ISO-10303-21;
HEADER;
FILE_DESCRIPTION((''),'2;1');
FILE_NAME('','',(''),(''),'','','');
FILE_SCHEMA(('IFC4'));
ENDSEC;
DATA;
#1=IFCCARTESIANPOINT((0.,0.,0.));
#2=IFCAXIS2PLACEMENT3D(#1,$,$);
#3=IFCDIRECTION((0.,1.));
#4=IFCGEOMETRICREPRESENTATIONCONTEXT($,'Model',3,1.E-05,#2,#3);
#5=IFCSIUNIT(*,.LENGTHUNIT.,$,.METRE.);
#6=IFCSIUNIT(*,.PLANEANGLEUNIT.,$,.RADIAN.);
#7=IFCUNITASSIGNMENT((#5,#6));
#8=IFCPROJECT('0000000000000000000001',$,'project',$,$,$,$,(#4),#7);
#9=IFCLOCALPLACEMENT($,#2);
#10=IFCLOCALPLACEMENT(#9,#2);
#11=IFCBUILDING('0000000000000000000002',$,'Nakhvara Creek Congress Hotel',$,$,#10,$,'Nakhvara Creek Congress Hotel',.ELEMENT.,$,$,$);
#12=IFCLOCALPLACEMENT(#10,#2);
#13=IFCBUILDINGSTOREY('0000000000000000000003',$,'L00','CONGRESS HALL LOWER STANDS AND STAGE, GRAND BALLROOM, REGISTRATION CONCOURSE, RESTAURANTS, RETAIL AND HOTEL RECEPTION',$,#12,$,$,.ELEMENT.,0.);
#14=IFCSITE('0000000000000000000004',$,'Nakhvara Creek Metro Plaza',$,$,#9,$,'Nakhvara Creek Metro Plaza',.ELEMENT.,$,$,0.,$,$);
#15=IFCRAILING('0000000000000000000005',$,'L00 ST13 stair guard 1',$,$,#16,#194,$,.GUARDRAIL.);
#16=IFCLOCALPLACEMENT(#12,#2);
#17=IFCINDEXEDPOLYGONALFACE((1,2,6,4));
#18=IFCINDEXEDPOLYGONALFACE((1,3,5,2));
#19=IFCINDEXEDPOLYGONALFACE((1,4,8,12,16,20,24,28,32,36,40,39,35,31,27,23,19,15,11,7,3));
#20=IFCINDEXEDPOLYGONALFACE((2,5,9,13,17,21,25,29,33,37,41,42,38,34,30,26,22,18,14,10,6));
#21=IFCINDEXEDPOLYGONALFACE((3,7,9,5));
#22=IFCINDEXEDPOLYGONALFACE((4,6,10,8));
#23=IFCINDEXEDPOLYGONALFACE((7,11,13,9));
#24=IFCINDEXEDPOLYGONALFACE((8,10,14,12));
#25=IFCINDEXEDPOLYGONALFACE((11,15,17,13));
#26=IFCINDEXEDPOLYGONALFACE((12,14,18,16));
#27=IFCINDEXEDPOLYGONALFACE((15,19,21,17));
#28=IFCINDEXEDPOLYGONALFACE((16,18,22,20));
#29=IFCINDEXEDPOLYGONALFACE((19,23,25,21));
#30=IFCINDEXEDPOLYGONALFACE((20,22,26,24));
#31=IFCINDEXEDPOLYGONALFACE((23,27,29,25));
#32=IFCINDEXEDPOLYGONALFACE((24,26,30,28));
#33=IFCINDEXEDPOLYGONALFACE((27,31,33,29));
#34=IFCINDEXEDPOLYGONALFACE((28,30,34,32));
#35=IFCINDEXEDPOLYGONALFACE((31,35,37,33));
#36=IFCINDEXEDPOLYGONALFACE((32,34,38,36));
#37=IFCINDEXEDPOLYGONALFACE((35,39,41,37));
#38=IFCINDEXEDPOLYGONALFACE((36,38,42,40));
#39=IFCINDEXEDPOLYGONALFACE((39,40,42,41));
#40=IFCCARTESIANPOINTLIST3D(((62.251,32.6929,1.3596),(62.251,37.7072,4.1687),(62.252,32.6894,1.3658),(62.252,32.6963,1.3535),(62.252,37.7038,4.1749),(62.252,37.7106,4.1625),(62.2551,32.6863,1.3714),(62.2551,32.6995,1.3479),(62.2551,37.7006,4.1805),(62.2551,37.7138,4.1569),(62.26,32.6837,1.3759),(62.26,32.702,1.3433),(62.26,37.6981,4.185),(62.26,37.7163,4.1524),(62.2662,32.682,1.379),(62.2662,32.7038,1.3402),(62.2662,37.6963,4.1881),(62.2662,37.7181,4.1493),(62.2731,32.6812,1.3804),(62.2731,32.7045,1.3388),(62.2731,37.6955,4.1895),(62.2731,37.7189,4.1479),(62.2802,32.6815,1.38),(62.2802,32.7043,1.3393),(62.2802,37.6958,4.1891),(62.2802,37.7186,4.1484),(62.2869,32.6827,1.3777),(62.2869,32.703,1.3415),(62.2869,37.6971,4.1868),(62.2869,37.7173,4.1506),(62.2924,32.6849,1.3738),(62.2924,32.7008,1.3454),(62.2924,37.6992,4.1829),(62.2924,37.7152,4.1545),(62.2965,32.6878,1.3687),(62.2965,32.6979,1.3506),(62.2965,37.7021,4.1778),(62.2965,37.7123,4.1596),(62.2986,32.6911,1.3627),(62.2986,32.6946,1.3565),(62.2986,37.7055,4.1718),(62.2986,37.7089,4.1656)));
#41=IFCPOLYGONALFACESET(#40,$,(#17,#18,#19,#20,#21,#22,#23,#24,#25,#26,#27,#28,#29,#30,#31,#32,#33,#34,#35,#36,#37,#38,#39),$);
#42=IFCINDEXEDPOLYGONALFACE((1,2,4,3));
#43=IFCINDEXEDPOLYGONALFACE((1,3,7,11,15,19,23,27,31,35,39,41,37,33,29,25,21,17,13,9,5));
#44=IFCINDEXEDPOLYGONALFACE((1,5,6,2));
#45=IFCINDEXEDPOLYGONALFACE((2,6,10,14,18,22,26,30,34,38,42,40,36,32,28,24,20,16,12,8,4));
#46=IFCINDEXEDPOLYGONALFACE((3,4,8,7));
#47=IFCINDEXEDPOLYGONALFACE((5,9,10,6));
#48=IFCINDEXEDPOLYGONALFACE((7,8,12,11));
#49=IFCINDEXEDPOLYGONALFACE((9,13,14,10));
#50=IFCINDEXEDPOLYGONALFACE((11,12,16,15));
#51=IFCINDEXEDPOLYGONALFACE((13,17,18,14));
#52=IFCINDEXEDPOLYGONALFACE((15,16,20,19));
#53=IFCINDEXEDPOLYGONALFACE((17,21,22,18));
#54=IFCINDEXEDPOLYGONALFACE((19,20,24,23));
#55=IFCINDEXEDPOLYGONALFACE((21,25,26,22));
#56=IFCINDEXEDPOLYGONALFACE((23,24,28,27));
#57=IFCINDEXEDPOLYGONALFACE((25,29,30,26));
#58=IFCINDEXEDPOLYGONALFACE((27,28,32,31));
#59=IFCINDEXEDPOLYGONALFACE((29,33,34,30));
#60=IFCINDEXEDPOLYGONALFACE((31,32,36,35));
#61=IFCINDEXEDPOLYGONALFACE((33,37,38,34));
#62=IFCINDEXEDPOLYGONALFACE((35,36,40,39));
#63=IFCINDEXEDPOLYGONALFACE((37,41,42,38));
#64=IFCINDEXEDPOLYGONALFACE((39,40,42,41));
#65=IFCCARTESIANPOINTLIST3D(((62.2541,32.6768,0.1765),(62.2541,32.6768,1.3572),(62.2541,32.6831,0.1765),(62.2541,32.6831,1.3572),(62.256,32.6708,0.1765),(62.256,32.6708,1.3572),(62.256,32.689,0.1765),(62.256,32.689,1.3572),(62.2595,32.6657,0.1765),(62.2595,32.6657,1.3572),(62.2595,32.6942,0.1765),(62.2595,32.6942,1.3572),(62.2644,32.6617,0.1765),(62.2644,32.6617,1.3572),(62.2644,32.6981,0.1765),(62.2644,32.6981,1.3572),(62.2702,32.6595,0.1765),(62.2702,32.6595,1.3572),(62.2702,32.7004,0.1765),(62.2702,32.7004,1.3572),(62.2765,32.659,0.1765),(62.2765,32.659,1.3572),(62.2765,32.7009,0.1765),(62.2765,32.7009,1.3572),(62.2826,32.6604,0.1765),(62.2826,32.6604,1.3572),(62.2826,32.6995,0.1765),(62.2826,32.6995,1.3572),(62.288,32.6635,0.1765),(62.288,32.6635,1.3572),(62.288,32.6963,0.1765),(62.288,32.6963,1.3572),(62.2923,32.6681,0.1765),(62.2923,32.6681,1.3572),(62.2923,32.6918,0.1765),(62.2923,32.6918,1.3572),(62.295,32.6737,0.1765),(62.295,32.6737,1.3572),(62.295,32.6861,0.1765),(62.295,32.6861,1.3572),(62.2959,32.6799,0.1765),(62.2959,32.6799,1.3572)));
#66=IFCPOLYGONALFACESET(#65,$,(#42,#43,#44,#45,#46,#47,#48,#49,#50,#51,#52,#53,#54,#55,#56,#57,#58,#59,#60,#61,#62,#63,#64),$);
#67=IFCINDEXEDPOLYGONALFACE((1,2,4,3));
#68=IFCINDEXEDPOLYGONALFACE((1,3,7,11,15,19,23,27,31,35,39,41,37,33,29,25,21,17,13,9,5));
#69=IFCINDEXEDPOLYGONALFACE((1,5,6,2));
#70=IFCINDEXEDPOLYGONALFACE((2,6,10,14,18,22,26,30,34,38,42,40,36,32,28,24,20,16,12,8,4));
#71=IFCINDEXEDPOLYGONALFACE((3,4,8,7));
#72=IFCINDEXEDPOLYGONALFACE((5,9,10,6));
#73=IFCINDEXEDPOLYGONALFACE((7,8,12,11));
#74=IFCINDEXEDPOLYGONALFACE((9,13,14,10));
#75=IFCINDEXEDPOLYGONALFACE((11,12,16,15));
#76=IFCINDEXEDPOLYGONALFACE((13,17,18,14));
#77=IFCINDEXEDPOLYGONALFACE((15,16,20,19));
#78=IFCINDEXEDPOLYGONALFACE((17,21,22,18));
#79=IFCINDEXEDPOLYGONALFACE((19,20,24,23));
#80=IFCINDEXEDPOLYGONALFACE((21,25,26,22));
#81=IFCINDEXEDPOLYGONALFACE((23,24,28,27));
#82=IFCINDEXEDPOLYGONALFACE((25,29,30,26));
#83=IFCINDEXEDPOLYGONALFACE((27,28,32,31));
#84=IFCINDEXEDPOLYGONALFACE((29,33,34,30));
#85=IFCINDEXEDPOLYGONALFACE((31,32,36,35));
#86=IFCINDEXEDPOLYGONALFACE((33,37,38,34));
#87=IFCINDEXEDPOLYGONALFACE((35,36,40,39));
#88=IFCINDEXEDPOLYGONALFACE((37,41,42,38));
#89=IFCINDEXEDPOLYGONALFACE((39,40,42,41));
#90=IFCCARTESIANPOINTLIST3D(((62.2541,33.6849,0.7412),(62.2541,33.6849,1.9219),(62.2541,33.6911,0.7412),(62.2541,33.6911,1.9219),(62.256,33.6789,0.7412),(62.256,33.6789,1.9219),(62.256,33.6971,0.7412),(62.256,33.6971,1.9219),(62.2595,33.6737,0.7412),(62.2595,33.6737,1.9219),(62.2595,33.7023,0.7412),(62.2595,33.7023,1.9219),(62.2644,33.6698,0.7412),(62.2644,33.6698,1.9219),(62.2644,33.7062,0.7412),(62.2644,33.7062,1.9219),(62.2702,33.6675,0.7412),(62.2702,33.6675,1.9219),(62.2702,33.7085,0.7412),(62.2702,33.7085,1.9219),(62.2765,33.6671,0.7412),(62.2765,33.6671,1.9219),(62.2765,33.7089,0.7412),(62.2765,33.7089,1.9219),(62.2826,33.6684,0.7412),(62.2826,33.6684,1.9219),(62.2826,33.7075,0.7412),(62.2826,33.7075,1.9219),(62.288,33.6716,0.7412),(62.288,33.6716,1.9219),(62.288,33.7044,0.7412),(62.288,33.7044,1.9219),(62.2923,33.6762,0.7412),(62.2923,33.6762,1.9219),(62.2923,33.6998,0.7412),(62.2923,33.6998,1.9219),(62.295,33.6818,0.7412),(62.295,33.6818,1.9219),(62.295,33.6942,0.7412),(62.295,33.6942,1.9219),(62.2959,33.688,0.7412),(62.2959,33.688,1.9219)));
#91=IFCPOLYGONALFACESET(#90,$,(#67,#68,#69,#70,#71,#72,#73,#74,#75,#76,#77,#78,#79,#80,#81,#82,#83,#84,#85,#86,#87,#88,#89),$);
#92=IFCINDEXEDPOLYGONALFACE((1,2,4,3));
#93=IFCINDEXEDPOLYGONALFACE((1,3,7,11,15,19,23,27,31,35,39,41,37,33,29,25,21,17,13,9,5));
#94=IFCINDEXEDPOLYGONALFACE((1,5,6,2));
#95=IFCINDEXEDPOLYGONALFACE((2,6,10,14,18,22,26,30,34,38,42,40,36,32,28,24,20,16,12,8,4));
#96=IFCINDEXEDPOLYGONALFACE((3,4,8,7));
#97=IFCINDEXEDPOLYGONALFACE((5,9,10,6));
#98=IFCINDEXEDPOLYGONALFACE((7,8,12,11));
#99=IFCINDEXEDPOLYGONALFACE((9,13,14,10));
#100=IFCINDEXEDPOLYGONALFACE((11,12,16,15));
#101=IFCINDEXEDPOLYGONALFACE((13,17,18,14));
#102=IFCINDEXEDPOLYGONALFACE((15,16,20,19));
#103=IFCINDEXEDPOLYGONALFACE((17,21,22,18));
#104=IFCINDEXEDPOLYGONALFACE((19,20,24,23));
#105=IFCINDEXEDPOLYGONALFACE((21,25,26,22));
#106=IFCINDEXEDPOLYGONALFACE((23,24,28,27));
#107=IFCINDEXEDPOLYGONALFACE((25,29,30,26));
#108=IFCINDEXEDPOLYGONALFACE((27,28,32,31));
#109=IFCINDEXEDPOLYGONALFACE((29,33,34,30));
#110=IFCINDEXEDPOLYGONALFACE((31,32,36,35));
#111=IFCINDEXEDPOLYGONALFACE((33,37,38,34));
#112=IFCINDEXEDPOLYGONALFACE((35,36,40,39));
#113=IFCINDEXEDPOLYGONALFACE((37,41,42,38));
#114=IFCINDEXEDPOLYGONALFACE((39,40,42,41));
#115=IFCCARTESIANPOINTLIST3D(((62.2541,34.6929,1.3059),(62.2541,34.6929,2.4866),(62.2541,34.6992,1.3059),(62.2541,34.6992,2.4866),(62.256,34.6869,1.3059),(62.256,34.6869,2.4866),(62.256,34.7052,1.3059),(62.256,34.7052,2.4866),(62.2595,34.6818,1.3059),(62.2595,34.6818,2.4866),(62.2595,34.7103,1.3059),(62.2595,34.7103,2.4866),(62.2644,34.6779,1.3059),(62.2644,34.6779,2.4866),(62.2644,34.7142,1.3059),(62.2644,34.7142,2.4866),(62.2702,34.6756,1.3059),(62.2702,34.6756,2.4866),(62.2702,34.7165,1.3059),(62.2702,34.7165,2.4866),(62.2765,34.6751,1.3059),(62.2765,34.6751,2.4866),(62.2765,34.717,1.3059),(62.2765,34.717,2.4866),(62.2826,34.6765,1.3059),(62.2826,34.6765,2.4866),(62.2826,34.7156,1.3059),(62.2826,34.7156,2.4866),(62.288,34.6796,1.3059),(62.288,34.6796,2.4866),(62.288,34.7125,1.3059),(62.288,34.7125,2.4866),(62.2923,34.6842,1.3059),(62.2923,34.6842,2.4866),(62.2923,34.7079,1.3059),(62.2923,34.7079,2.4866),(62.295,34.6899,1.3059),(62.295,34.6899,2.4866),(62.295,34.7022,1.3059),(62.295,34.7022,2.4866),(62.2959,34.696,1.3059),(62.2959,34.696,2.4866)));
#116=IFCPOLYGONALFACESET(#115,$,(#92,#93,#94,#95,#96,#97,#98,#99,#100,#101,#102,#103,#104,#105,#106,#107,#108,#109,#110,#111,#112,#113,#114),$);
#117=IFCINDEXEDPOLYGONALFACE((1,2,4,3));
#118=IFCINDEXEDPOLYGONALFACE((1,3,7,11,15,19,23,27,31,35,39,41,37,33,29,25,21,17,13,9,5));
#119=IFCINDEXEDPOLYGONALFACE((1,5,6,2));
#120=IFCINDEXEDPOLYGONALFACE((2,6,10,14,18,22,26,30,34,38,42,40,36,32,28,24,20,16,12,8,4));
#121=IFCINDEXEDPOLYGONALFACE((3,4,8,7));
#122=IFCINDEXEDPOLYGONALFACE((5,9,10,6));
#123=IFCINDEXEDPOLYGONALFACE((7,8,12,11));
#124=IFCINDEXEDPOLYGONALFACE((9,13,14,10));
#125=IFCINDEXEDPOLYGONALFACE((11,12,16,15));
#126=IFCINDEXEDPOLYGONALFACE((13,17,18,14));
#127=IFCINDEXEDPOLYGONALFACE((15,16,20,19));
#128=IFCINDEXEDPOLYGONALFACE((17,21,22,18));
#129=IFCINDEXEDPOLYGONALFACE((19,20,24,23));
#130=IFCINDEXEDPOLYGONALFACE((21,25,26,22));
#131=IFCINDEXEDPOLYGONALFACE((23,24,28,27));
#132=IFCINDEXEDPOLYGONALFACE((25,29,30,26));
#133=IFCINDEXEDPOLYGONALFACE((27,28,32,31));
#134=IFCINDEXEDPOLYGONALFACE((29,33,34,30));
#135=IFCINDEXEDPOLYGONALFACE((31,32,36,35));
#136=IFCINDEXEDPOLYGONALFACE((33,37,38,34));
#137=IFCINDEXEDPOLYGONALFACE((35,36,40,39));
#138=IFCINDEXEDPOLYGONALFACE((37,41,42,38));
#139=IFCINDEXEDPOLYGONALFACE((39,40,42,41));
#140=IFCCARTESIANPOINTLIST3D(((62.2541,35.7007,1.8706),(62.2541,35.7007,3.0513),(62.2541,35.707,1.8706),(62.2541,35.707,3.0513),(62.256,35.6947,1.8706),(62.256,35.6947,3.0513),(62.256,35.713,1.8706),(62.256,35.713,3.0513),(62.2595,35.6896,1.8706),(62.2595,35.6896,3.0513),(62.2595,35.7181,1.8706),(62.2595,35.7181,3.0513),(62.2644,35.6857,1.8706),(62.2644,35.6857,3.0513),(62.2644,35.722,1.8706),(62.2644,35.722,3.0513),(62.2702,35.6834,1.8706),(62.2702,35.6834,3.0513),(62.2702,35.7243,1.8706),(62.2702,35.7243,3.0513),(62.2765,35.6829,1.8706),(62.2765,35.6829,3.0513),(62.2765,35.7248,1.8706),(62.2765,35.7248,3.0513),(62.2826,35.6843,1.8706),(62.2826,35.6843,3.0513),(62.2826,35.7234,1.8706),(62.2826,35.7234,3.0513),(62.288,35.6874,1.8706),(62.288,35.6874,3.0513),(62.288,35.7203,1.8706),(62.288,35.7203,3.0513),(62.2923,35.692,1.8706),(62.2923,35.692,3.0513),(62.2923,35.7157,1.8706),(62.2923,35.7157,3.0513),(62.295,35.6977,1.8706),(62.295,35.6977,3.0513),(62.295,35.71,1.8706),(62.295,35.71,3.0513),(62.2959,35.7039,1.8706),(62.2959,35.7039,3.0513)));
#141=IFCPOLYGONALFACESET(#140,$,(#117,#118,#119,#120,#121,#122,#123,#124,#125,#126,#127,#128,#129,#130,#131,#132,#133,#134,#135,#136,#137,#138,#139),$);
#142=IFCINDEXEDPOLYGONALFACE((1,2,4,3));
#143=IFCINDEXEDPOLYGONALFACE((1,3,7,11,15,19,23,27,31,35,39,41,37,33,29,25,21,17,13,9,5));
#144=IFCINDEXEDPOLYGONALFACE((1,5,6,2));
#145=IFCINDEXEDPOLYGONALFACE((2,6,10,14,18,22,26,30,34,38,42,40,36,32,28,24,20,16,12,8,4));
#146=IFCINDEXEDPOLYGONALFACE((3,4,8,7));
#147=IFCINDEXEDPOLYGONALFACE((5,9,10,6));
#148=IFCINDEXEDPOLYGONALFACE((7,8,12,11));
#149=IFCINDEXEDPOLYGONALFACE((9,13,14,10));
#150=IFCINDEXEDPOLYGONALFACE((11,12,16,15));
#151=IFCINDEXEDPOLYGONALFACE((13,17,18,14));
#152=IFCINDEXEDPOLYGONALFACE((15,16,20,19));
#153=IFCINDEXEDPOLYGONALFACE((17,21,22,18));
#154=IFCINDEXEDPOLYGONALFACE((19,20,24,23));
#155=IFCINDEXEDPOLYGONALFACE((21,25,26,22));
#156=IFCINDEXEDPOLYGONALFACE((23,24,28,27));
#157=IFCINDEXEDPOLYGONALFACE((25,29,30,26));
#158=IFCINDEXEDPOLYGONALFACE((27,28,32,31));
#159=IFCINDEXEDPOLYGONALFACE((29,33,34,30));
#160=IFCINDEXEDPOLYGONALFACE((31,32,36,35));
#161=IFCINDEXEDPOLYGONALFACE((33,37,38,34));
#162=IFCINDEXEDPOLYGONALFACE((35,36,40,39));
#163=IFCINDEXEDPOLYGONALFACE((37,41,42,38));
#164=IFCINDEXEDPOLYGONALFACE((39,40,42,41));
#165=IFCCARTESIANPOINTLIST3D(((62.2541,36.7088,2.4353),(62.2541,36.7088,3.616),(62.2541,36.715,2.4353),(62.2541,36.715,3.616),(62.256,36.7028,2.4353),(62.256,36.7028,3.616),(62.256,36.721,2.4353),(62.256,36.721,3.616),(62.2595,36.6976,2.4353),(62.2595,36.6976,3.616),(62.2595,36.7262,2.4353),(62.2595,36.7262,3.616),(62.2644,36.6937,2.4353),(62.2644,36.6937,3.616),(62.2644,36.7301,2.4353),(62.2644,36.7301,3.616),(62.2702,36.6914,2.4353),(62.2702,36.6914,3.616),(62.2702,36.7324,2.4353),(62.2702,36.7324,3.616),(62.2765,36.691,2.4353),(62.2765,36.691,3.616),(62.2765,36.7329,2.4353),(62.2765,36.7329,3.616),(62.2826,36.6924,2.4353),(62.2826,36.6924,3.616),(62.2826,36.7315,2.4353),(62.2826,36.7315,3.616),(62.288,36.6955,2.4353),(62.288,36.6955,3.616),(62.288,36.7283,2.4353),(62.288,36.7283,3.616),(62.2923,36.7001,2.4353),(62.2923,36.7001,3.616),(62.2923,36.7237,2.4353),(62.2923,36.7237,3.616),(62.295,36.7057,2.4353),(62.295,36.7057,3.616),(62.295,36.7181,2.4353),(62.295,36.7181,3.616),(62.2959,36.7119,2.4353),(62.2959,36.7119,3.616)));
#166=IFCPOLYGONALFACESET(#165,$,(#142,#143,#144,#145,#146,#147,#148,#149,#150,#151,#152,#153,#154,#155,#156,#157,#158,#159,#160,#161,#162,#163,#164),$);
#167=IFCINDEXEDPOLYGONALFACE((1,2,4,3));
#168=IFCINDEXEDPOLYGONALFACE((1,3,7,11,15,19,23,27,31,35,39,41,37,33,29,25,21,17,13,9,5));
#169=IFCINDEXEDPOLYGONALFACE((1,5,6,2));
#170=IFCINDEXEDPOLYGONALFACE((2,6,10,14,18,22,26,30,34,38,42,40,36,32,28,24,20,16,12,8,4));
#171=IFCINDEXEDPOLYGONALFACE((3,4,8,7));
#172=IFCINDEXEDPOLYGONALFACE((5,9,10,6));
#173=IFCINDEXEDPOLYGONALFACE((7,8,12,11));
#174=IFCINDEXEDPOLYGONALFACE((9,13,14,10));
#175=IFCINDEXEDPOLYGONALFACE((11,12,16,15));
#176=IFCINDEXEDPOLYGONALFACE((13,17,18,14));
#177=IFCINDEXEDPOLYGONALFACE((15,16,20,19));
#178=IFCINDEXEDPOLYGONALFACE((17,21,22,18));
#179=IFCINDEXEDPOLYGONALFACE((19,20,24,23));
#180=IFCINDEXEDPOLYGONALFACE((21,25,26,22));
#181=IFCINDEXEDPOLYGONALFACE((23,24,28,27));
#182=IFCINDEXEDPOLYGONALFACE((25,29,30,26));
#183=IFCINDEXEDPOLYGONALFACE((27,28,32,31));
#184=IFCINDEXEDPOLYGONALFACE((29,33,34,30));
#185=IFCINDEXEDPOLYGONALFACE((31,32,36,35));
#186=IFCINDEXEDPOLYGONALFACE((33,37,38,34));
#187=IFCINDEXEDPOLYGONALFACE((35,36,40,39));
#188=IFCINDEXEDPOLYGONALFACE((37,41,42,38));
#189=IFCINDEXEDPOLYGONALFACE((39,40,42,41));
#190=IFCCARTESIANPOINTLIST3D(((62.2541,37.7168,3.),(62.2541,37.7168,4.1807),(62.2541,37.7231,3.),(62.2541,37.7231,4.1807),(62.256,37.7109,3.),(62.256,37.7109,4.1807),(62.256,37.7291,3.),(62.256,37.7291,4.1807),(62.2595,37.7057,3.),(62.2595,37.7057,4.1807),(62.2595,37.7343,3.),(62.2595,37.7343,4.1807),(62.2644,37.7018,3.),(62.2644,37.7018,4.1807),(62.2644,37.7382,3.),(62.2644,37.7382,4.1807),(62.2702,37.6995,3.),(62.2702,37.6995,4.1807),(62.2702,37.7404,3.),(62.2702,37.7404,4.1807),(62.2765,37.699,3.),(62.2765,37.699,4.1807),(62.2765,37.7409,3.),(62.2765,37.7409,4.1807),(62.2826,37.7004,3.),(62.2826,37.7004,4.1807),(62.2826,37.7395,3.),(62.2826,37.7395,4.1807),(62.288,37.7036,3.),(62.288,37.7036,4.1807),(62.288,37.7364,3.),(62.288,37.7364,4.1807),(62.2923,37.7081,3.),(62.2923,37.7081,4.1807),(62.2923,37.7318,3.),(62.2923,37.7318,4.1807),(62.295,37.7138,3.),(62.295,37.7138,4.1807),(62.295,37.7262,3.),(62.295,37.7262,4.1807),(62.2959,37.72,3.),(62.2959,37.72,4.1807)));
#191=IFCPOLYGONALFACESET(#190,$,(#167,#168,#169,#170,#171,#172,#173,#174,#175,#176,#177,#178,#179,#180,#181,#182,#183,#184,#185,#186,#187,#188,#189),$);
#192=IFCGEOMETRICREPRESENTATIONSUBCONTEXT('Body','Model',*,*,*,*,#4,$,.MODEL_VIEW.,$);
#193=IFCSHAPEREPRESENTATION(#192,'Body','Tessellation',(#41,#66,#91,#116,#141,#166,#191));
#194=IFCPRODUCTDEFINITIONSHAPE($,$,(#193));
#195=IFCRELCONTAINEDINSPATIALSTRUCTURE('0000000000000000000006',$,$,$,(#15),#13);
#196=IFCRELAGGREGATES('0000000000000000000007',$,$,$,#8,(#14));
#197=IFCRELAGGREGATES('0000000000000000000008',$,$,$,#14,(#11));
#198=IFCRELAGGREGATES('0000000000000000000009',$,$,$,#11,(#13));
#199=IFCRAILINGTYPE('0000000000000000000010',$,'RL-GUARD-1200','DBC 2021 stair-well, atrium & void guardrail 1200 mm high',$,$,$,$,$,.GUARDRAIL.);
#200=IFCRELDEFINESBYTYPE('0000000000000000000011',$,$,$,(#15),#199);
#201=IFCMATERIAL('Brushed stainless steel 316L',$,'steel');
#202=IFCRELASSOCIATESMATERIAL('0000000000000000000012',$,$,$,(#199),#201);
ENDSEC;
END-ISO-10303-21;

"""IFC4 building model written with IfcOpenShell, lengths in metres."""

from ifc_helpers import new_model, si_unit, direction, frame, origin, origin_2d, place, context, subcontext, project, spatial, circle, extrude, material, type_object, element, save


model = new_model("IFC4")

# Units and contexts
model_context = context("Model", 3, precision=1e-05, world=origin(), true_north=direction((0.0, 1.0)))
body_context = subcontext(model_context, "Body", "Model", "MODEL_VIEW")
ifc_project = project(units=[si_unit("LENGTHUNIT", "METRE"), si_unit("PLANEANGLEUNIT", "RADIAN")], contexts=[model_context])

# Site, building, storey
site_placement = place(None, origin())
site = spatial("IfcSite", under=ifc_project, at=site_placement, Name="Nakhvara Creek Metro Plaza", LongName="Nakhvara Creek Metro Plaza", CompositionType="ELEMENT", RefElevation=0.0)
building_placement = place(site_placement, origin())
building = spatial("IfcBuilding", under=site, at=building_placement, Name="Nakhvara Creek Congress Hotel", LongName="Nakhvara Creek Congress Hotel", CompositionType="ELEMENT")
storey_placement = place(building_placement, origin())
storey = spatial("IfcBuildingStorey", under=building, at=storey_placement, Name="L00", Description="CONGRESS HALL LOWER STANDS AND STAGE, GRAND BALLROOM, REGISTRATION CONCOURSE, RESTAURANTS, RETAIL AND HOTEL RECEPTION", CompositionType="ELEMENT", Elevation=0.0)

# Railing
ifc_material_1 = material(Name="Brushed stainless steel 316L", Category="steel")
railing_type = type_object("IfcRailingType", Name="RL-GUARD-1200", Description="DBC 2021 stair-well, atrium & void guardrail 1200 mm high", PredefinedType="GUARDRAIL", material=ifc_material_1)
railing_1_placement = place(storey_placement, frame((62.2749, 32.6799, 0.1765)))
element("IfcRailing", 1, at=railing_1_placement, inside=storey, type_object=railing_type, Name="L00 ST13 stair guard 1", PredefinedType="GUARDRAIL", context=body_context, shape_type="SweptSolid", body=[
    extrude(circle(Radius=0.0239, at=origin_2d()), frame((0.0, 0.0129, 1.1831), z_axis=(0.0, 0.872427, 0.488744), x_axis=(-1.0, 0.0, 0.0)), (0.0, 0.0, 1.0), 5.7476),
    extrude(circle(Radius=0.021, at=origin_2d()), origin(), (0.0, 0.0, 1.0), 1.1807),
    extrude(circle(Radius=0.021, at=origin_2d()), frame((0.0, 1.0081, 0.5647)), (0.0, 0.0, 1.0), 1.1807),
    extrude(circle(Radius=0.021, at=origin_2d()), frame((0.0, 2.0161, 1.1294)), (0.0, 0.0, 1.0), 1.1807),
    extrude(circle(Radius=0.021, at=origin_2d()), frame((0.0, 3.0239, 1.6941)), (0.0, 0.0, 1.0), 1.1807),
    extrude(circle(Radius=0.021, at=origin_2d()), frame((0.0, 4.032, 2.2588)), (0.0, 0.0, 1.0), 1.1807),
    extrude(circle(Radius=0.021, at=origin_2d()), frame((0.0, 5.04, 2.8235)), (0.0, 0.0, 1.0), 1.1807),
])

save(model, "model.ifc")
